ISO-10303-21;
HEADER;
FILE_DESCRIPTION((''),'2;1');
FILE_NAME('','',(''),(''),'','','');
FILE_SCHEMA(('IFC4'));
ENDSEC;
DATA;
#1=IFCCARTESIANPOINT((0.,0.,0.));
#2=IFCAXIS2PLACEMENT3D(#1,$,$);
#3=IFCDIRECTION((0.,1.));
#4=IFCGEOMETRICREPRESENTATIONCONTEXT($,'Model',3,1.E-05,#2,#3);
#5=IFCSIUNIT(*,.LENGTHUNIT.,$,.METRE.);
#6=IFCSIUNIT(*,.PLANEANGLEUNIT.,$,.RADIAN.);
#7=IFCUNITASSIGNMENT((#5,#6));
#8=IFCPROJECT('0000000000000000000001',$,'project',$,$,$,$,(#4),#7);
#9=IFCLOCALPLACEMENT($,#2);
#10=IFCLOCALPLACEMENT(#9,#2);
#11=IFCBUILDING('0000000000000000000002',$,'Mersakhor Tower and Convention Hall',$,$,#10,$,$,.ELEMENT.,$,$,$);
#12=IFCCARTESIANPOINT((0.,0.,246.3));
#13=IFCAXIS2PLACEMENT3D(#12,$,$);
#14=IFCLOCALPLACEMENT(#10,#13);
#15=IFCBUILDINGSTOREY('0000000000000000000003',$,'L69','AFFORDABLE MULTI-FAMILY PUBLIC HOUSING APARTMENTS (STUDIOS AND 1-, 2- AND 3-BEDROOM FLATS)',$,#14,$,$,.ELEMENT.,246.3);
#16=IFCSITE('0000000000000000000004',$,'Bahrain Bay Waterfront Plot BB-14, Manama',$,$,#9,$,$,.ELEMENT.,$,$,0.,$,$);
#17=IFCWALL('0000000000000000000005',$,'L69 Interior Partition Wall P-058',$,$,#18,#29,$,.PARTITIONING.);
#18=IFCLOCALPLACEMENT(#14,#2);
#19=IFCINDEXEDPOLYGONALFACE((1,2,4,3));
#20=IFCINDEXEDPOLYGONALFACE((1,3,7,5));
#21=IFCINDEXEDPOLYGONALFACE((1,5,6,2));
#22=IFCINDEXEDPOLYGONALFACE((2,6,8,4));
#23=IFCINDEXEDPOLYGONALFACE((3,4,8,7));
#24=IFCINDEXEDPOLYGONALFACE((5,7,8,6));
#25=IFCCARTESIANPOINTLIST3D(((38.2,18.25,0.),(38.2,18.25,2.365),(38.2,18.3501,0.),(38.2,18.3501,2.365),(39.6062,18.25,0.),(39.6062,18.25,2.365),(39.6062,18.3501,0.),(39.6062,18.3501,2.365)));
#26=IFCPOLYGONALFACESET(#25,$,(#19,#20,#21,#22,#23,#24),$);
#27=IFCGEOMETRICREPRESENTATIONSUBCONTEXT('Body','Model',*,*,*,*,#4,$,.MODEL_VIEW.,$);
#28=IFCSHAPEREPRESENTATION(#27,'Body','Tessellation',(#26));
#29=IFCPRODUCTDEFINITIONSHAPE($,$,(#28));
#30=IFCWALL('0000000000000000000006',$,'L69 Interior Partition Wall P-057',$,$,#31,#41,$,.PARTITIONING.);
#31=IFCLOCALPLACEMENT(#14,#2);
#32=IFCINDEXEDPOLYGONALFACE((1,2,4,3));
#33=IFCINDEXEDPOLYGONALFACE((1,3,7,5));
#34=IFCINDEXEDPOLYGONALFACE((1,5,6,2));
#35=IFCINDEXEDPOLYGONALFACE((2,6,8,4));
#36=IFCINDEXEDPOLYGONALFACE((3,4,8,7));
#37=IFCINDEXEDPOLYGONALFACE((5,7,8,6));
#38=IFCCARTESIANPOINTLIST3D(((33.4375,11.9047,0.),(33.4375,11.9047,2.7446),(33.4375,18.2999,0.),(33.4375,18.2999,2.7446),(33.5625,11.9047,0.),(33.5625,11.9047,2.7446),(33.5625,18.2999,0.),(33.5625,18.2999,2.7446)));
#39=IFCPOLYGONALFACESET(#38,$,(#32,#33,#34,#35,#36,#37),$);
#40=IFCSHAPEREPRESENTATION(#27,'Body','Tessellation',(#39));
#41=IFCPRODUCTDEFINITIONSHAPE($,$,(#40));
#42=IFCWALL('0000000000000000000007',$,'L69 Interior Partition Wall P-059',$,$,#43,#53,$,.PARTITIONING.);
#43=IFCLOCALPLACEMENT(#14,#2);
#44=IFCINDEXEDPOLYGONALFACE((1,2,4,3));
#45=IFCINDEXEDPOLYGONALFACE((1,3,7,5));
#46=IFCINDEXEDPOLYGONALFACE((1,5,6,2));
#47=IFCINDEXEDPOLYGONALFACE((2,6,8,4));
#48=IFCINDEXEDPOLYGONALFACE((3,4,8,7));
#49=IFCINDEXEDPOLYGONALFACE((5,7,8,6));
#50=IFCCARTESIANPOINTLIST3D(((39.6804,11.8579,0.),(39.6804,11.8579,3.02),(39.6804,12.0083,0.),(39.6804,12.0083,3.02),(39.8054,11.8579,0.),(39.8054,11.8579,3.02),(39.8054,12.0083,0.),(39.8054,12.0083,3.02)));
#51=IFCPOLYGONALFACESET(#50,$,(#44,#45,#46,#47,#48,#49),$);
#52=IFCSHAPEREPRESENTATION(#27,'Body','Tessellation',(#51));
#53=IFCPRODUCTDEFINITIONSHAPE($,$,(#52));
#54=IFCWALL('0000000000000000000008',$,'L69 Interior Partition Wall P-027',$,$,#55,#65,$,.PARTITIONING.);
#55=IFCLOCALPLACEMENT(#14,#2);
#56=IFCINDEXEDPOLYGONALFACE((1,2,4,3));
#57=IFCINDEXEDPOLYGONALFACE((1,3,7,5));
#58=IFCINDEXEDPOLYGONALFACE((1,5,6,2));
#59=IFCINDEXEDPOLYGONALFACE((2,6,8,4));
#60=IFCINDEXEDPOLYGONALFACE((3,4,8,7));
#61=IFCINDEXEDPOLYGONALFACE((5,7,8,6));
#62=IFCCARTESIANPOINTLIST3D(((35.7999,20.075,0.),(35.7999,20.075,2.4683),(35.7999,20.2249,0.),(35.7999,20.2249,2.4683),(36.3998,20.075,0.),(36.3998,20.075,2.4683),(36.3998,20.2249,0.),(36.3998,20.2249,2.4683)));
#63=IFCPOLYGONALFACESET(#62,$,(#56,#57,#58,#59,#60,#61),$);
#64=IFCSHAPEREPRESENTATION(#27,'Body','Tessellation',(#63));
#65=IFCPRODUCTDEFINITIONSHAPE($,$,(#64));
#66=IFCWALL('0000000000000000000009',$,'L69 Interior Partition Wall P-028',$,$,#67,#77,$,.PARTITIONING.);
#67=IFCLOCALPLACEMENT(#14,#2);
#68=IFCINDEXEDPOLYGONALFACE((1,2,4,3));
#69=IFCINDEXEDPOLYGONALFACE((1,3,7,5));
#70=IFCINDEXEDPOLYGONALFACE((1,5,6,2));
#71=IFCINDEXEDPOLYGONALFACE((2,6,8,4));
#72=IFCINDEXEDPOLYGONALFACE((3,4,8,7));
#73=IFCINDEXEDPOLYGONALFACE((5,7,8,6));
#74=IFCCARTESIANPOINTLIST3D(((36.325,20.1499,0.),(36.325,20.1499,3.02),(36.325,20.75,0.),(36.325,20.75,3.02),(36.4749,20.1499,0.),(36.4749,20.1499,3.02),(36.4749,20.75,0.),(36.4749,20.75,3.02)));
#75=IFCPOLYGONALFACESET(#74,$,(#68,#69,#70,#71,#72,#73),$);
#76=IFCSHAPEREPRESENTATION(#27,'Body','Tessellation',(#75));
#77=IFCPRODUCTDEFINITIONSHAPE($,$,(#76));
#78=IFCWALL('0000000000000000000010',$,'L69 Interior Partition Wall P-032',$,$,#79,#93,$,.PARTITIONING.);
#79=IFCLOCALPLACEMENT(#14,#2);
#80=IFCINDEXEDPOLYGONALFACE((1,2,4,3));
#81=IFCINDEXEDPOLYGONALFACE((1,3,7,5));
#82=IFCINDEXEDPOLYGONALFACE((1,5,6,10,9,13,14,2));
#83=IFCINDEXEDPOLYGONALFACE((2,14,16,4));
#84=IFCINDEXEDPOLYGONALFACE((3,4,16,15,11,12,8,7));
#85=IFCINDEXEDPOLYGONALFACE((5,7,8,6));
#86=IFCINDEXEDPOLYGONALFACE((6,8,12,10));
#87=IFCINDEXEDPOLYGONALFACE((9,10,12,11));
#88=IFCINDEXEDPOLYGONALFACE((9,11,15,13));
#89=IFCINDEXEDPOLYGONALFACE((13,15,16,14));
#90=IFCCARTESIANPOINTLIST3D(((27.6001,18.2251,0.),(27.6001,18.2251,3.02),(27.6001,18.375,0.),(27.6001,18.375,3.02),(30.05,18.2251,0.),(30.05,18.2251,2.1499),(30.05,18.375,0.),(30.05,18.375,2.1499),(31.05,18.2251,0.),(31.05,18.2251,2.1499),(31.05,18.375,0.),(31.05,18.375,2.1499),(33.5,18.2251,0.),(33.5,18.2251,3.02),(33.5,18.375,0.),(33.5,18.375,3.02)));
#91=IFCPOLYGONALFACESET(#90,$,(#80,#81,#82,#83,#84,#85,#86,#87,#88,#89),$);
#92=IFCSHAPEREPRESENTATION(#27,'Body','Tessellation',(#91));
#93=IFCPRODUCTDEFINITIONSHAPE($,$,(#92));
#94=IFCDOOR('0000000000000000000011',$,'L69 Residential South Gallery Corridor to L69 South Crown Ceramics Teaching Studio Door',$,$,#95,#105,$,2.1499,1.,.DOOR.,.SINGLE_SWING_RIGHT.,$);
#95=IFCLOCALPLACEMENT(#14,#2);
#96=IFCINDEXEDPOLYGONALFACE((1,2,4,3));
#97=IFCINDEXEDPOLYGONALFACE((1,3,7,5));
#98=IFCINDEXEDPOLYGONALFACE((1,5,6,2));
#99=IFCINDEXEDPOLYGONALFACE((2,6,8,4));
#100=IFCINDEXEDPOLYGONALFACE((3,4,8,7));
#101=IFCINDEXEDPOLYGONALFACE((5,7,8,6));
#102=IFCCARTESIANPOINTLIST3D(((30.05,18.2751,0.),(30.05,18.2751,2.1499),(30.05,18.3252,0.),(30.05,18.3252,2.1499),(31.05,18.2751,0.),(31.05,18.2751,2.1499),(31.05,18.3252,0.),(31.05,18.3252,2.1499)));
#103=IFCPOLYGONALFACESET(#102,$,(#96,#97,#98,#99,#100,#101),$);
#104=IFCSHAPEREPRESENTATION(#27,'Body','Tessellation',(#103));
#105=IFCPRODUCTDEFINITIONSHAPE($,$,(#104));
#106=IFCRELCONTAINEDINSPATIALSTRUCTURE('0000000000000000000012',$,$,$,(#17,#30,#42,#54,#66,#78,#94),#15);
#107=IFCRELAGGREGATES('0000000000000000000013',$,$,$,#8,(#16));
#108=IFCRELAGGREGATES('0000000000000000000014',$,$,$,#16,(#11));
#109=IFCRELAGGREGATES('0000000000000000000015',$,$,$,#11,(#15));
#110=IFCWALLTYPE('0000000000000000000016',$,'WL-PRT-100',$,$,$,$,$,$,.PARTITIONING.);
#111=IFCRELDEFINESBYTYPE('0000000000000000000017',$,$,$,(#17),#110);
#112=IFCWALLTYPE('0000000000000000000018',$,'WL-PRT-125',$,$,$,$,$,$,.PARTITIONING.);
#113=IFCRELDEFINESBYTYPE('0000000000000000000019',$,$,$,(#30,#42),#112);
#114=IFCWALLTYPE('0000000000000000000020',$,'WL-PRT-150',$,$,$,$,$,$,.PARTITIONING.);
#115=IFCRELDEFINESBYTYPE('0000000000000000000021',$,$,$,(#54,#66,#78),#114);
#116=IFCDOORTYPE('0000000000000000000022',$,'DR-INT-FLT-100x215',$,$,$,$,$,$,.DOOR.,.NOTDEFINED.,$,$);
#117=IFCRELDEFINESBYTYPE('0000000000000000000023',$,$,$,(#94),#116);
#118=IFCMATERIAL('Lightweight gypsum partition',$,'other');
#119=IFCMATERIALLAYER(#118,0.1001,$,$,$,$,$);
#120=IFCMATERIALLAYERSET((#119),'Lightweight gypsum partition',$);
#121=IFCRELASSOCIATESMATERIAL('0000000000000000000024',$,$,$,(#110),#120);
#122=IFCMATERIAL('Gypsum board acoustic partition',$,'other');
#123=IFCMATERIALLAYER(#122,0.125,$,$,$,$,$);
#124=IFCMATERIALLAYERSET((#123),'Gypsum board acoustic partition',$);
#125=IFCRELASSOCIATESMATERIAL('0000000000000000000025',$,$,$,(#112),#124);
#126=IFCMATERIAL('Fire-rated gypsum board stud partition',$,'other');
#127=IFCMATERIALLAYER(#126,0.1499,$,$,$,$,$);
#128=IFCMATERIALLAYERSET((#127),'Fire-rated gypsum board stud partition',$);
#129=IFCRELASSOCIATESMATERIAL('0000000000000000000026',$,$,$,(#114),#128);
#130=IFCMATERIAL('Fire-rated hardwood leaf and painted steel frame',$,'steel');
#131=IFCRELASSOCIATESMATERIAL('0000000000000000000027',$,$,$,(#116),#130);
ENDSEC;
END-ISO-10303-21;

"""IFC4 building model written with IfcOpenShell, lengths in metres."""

from ifc_helpers import new_model, si_unit, direction, frame, frame_2d, origin, place, context, subcontext, project, spatial, rectangle, extrude, material, layer, layer_set, type_object, element, fill, save


model = new_model("IFC4")

# Units and contexts
model_context = context("Model", 3, precision=1e-05, world=origin(), true_north=direction((0.0, 1.0)))
body_context = subcontext(model_context, "Body", "Model", "MODEL_VIEW")
ifc_project = project(units=[si_unit("LENGTHUNIT", "METRE"), si_unit("PLANEANGLEUNIT", "RADIAN")], contexts=[model_context])

# Site, building, storey
site_placement = place(None, origin())
site = spatial("IfcSite", under=ifc_project, at=site_placement, Name="Bahrain Bay Waterfront Plot BB-14, Manama", CompositionType="ELEMENT", RefElevation=0.0)
building_placement = place(site_placement, origin())
building = spatial("IfcBuilding", under=site, at=building_placement, Name="Mersakhor Tower and Convention Hall", CompositionType="ELEMENT")
storey_placement = place(building_placement, frame((0.0, 0.0, 246.3)))
storey = spatial("IfcBuildingStorey", under=building, at=storey_placement, Name="L69", Description="AFFORDABLE MULTI-FAMILY PUBLIC HOUSING APARTMENTS (STUDIOS AND 1-, 2- AND 3-BEDROOM FLATS)", CompositionType="ELEMENT", Elevation=246.3)

# Walls
ifc_material_1 = material(Name="Lightweight gypsum partition", Category="other")
ifc_layer_1 = layer(ifc_material_1, 0.1001)
ifc_layer_set_1 = layer_set([ifc_layer_1], Name="Lightweight gypsum partition")
wall_type_1 = type_object("IfcWallType", Name="WL-PRT-100", PredefinedType="PARTITIONING", material=ifc_layer_set_1)
wall_1_placement = place(storey_placement, frame((38.2, 18.3, 0.0), z_axis=(0.0, 0.0, 1.0), x_axis=(1.0, 0.0, 0.0)))
element("IfcWall", 1, at=wall_1_placement, inside=storey, type_object=wall_type_1, Name="L69 Interior Partition Wall P-058", PredefinedType="PARTITIONING", context=body_context, shape_type="SweptSolid", body=[
    extrude(rectangle(XDim=1.4062, YDim=0.1001, at=frame_2d((0.7031, 0.0))), origin(), (0.0, 0.0, 1.0), 2.365),
])
ifc_material_2 = material(Name="Gypsum board acoustic partition", Category="other")
ifc_layer_2 = layer(ifc_material_2, 0.125)
ifc_layer_set_2 = layer_set([ifc_layer_2], Name="Gypsum board acoustic partition")
wall_type_2 = type_object("IfcWallType", Name="WL-PRT-125", PredefinedType="PARTITIONING", material=ifc_layer_set_2)
wall_2_placement = place(storey_placement, frame((33.5, 18.3, 0.0), z_axis=(0.0, 0.0, 1.0), x_axis=(0.0, -1.0, 0.0)))
element("IfcWall", 2, at=wall_2_placement, inside=storey, type_object=wall_type_2, Name="L69 Interior Partition Wall P-057", PredefinedType="PARTITIONING", context=body_context, shape_type="SweptSolid", body=[
    extrude(rectangle(XDim=6.3953, YDim=0.125, at=frame_2d((3.1978, 0.0))), origin(), (0.0, 0.0, 1.0), 2.7446),
])
wall_3_placement = place(storey_placement, frame((39.7429, 12.0083, 0.0), z_axis=(0.0, 0.0, 1.0), x_axis=(0.0, -1.0, 0.0)))
element("IfcWall", 3, at=wall_3_placement, inside=storey, type_object=wall_type_2, Name="L69 Interior Partition Wall P-059", PredefinedType="PARTITIONING", context=body_context, shape_type="SweptSolid", body=[
    extrude(rectangle(XDim=0.1504, YDim=0.125, at=frame_2d((0.0752, 0.0))), origin(), (0.0, 0.0, 1.0), 3.02),
])
ifc_material_3 = material(Name="Fire-rated gypsum board stud partition", Category="other")
ifc_layer_3 = layer(ifc_material_3, 0.1499)
ifc_layer_set_3 = layer_set([ifc_layer_3], Name="Fire-rated gypsum board stud partition")
wall_type_3 = type_object("IfcWallType", Name="WL-PRT-150", PredefinedType="PARTITIONING", material=ifc_layer_set_3)
wall_4_placement = place(storey_placement, frame((35.8, 20.1499, 0.0), z_axis=(0.0, 0.0, 1.0), x_axis=(1.0, 0.0, 0.0)))
element("IfcWall", 4, at=wall_4_placement, inside=storey, type_object=wall_type_3, Name="L69 Interior Partition Wall P-027", PredefinedType="PARTITIONING", context=body_context, shape_type="SweptSolid", body=[
    extrude(rectangle(XDim=0.5999, YDim=0.1499, at=frame_2d((0.2998, 0.0))), origin(), (0.0, 0.0, 1.0), 2.4683),
])
wall_5_placement = place(storey_placement, frame((36.3999, 20.1499, 0.0), z_axis=(0.0, 0.0, 1.0), x_axis=(0.0, 1.0, 0.0)))
element("IfcWall", 5, at=wall_5_placement, inside=storey, type_object=wall_type_3, Name="L69 Interior Partition Wall P-028", PredefinedType="PARTITIONING", context=body_context, shape_type="SweptSolid", body=[
    extrude(rectangle(XDim=0.6001, YDim=0.1499, at=frame_2d((0.3, 0.0))), origin(), (0.0, 0.0, 1.0), 3.02),
])

# Wall, opening, door
ifc_material_4 = material(Name="Fire-rated hardwood leaf and painted steel frame", Category="steel")
door_type_1 = type_object("IfcDoorType", Name="DR-INT-FLT-100x215", OperationType="NOTDEFINED", PredefinedType="DOOR", material=ifc_material_4)
wall_6_placement = place(storey_placement, frame((33.5, 18.3, 0.0), z_axis=(0.0, 0.0, 1.0), x_axis=(-1.0, 0.0, 0.0)))
wall_6 = element("IfcWall", 6, at=wall_6_placement, inside=storey, type_object=wall_type_3, Name="L69 Interior Partition Wall P-032", PredefinedType="PARTITIONING", context=body_context, shape_type="SweptSolid", body=[
    extrude(rectangle(XDim=5.8999, YDim=0.1499, at=frame_2d((2.95, 0.0))), origin(), (0.0, 0.0, 1.0), 3.02),
])
opening_1_placement = place(wall_6_placement, frame((2.45, 0.0, 0.0)))
opening_1 = element("IfcOpeningElement", 7, at=opening_1_placement, cuts=wall_6, PredefinedType="OPENING", context=body_context, shape_type="SweptSolid", body=[
    extrude(rectangle(XDim=1.0, YDim=2.1499, at=frame_2d((0.5, 1.075))), frame((0.0, 0.085, 0.0), z_axis=(0.0, -1.0, 0.0), x_axis=(1.0, 0.0, 0.0)), (0.0, 0.0, 1.0), 0.1699),
])
door_1_placement = place(opening_1_placement, origin())
door_1 = element("IfcDoor", 8, at=door_1_placement, inside=storey, type_object=door_type_1, Name="L69 Residential South Gallery Corridor to L69 South Crown Ceramics Teaching Studio Door", OperationType="SINGLE_SWING_RIGHT", OverallHeight=2.1499, OverallWidth=1.0, PredefinedType="DOOR", context=body_context, shape_type="SweptSolid", body=[
    extrude(rectangle(XDim=1.0, YDim=2.1499, at=frame_2d((0.5, 1.075))), frame((0.0, 0.0249, 0.0), z_axis=(0.0, -1.0, 0.0), x_axis=(1.0, 0.0, 0.0)), (0.0, 0.0, 1.0), 0.05),
])
fill(opening_1, door_1)

save(model, "model.ifc")
